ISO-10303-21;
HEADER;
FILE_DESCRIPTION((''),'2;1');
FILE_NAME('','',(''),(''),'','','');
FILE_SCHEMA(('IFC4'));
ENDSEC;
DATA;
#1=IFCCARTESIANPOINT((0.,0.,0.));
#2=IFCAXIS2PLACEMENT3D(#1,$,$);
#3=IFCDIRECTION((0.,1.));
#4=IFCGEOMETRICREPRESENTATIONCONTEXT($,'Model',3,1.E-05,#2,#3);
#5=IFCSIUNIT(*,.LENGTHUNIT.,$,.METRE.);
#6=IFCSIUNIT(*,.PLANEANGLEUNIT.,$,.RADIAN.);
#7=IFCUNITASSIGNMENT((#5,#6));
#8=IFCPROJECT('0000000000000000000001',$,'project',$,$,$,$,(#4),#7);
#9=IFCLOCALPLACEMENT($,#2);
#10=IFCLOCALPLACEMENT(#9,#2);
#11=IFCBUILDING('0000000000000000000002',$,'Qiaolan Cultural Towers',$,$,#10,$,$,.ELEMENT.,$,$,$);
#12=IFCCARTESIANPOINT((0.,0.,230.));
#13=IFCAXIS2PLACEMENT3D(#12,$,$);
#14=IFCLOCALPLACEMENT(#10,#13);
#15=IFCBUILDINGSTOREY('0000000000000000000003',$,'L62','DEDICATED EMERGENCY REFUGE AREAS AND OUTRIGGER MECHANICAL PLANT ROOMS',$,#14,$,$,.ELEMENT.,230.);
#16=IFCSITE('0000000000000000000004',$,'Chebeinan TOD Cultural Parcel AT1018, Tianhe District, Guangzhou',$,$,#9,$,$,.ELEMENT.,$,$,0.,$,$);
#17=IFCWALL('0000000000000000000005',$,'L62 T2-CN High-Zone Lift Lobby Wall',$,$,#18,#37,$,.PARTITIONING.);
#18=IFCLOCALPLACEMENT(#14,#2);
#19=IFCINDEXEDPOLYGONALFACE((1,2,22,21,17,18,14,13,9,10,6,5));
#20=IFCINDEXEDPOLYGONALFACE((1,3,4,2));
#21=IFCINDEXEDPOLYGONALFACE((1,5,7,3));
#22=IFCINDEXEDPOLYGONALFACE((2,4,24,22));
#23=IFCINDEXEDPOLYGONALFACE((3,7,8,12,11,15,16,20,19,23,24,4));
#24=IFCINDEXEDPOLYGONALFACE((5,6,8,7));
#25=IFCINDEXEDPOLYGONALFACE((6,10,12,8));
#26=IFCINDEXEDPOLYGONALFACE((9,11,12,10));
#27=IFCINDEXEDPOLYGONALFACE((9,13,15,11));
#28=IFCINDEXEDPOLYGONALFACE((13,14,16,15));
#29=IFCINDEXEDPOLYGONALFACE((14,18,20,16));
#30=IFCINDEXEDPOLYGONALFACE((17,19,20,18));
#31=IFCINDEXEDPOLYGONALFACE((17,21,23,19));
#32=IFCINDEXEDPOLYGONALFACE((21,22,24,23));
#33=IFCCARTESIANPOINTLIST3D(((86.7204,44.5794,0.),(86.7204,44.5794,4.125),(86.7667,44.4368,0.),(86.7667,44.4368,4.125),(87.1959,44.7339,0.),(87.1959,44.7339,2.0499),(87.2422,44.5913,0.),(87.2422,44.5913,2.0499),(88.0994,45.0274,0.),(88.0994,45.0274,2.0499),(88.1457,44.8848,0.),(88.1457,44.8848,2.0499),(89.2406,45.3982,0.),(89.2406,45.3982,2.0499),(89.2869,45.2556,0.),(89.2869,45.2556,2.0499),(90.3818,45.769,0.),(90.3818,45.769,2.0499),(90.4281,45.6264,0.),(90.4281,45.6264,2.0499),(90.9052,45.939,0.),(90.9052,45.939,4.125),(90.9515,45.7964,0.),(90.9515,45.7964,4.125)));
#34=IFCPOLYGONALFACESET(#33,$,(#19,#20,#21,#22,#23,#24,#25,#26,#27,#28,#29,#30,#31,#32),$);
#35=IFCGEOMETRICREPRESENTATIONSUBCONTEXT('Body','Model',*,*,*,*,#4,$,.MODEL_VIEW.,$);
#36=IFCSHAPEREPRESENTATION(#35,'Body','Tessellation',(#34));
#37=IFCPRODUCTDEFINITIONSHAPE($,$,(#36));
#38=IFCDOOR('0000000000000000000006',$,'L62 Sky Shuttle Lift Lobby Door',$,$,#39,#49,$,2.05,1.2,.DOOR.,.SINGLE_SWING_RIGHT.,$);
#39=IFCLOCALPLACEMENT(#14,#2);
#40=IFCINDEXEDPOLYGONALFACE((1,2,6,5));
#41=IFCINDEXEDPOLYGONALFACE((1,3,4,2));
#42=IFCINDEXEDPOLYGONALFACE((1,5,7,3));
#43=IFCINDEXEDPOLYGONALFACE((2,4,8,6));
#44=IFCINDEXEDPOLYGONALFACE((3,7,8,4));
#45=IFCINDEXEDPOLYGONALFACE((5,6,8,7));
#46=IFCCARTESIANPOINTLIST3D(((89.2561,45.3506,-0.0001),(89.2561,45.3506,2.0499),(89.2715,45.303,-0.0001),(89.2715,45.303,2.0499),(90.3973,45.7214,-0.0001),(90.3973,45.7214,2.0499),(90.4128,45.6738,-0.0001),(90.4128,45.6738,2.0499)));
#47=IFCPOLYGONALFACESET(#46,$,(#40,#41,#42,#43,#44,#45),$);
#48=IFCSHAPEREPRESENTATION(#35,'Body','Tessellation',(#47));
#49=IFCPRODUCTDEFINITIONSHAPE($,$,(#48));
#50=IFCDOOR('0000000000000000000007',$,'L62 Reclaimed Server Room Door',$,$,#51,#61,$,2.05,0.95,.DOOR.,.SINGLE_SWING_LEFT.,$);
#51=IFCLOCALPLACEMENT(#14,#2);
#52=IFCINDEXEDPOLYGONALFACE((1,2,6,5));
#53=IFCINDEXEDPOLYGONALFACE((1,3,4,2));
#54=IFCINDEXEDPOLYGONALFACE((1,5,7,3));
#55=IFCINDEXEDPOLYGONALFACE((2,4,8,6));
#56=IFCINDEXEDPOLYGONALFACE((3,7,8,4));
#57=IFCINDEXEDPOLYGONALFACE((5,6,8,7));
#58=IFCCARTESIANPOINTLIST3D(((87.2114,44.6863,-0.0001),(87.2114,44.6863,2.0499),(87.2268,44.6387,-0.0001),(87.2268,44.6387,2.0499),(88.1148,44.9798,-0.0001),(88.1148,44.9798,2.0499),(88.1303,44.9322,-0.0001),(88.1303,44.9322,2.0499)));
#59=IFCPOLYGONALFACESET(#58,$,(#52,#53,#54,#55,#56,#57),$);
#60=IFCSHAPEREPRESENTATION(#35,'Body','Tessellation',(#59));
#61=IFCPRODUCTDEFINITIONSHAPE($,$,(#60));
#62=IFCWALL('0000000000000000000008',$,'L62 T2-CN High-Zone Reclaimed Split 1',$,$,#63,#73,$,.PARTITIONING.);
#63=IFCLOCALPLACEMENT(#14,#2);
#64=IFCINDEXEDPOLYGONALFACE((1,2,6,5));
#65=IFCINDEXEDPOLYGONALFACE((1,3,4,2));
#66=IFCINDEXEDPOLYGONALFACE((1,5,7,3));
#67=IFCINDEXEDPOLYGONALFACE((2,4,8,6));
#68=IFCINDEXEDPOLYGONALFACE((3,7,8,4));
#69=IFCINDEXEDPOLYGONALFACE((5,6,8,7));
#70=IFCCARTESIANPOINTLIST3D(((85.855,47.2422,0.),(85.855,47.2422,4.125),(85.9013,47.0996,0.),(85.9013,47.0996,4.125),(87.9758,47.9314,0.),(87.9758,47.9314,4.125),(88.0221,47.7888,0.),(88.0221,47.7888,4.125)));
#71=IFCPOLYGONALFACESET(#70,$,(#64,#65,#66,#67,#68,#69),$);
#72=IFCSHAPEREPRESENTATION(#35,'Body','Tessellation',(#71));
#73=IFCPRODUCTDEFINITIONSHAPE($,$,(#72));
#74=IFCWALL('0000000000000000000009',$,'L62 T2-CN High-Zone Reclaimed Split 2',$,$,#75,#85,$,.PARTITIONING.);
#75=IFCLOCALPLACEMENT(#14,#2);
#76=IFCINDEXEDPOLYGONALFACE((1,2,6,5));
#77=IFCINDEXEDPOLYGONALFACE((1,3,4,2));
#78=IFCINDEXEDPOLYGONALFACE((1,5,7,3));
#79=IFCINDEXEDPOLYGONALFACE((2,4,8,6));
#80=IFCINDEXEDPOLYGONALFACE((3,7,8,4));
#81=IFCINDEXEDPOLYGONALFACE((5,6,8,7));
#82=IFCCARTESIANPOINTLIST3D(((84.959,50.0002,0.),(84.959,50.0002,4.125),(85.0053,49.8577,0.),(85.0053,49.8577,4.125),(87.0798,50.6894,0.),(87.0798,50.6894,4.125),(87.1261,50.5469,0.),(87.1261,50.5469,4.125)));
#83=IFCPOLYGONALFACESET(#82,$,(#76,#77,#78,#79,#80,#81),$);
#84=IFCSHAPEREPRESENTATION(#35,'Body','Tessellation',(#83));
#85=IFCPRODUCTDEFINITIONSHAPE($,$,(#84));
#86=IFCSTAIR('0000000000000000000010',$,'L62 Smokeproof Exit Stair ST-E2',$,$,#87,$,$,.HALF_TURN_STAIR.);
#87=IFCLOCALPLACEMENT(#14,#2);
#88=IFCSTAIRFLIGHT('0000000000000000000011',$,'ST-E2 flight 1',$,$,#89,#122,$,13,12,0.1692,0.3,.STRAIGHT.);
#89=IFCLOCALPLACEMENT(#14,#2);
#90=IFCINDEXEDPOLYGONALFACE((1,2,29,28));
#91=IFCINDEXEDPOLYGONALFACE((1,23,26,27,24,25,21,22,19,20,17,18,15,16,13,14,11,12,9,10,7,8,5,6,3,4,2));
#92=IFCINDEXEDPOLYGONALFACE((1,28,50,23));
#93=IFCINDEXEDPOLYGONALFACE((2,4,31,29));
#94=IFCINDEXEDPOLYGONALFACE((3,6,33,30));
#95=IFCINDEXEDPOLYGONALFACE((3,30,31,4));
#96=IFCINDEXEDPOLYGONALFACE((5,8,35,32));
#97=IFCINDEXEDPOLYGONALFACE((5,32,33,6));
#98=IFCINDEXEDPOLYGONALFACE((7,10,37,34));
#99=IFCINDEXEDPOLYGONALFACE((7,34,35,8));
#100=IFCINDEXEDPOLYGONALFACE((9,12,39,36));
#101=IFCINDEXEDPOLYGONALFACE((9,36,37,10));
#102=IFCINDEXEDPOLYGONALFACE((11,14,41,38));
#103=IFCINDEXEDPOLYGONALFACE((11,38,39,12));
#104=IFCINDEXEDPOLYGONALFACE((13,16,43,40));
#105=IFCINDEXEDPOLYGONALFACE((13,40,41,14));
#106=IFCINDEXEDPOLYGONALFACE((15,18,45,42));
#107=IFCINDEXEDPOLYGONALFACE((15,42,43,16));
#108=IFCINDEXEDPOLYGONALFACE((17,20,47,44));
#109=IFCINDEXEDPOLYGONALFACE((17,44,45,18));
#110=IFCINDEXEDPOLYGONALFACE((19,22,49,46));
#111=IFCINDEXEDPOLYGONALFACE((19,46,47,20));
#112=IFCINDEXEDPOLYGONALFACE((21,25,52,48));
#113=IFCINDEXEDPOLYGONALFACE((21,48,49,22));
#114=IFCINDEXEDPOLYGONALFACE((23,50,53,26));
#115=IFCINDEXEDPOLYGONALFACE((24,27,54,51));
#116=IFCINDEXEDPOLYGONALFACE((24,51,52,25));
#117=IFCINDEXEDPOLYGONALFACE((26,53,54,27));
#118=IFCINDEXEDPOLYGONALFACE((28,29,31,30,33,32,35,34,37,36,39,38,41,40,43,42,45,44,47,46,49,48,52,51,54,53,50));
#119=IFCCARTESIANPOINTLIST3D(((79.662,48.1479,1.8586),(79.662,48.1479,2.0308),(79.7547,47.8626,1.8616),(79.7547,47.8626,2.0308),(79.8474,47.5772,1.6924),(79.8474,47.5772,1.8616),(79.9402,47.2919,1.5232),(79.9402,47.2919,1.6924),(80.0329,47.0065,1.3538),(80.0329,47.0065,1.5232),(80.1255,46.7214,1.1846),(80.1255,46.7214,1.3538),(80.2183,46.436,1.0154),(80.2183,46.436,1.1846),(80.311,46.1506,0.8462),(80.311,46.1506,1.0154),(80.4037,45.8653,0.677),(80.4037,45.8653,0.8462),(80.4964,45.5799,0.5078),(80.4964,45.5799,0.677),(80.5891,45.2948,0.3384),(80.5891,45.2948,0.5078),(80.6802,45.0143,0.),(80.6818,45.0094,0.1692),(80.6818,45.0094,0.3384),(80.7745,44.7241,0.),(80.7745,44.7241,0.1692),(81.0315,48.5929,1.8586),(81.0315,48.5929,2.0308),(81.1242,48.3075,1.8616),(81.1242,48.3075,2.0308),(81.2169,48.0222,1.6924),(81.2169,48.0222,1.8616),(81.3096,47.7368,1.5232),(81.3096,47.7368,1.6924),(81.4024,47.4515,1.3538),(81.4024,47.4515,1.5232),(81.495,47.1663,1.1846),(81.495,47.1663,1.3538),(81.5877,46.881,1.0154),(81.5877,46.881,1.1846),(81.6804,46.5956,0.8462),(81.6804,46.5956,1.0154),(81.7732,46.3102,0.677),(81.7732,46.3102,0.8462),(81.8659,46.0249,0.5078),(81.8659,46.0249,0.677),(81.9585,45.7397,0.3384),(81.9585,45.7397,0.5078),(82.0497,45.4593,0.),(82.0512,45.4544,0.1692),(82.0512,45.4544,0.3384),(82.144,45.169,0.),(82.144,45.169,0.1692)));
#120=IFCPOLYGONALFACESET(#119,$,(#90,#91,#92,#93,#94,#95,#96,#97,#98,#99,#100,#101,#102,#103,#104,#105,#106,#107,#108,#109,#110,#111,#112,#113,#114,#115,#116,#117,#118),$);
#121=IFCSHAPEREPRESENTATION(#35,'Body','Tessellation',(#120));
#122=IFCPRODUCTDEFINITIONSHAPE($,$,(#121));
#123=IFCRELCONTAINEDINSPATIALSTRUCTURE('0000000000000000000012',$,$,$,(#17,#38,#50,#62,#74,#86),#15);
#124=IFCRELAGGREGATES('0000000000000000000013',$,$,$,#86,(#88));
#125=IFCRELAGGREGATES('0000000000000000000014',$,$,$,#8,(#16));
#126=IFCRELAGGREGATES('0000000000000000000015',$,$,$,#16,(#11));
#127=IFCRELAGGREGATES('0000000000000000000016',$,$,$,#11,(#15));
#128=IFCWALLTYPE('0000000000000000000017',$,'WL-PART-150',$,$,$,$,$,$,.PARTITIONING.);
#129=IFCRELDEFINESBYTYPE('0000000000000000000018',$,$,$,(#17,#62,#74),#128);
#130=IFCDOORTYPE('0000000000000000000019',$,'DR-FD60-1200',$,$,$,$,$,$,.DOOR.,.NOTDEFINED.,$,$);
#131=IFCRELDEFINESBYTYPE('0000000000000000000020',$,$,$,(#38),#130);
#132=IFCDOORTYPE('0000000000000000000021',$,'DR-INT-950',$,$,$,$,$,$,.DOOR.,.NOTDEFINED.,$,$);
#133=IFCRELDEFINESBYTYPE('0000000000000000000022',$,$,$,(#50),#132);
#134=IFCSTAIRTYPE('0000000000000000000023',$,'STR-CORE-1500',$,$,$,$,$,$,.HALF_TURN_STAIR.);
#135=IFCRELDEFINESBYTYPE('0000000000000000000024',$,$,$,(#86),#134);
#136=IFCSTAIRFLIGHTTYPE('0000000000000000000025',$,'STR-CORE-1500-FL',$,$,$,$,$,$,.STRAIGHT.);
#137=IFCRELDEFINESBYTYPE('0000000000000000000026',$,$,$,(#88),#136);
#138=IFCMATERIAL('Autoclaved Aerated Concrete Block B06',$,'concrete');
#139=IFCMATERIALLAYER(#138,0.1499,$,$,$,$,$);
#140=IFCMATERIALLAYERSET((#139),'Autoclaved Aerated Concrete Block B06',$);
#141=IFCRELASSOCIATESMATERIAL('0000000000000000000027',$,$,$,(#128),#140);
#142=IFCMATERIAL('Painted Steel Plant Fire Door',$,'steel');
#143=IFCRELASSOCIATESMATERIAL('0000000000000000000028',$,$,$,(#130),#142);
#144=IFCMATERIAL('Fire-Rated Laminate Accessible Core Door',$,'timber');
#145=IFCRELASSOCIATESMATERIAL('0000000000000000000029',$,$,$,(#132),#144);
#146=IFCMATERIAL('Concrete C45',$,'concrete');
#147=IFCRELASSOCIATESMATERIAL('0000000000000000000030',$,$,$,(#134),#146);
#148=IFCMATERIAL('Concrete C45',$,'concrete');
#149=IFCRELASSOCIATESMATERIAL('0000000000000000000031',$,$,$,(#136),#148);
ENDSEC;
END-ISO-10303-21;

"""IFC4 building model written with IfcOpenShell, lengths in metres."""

from ifc_helpers import new_model, si_unit, direction, frame, frame_2d, origin, place, context, subcontext, project, spatial, polyline, rectangle, outline, extrude, material, layer, layer_set, type_object, element, fill, aggregate, save


model = new_model("IFC4")

# Units and contexts
model_context = context("Model", 3, precision=1e-05, world=origin(), true_north=direction((0.0, 1.0)))
body_context = subcontext(model_context, "Body", "Model", "MODEL_VIEW")
ifc_project = project(units=[si_unit("LENGTHUNIT", "METRE"), si_unit("PLANEANGLEUNIT", "RADIAN")], contexts=[model_context])

# Site, building, storey
site_placement = place(None, origin())
site = spatial("IfcSite", under=ifc_project, at=site_placement, Name="Chebeinan TOD Cultural Parcel AT1018, Tianhe District, Guangzhou", CompositionType="ELEMENT", RefElevation=0.0)
building_placement = place(site_placement, origin())
building = spatial("IfcBuilding", under=site, at=building_placement, Name="Qiaolan Cultural Towers", CompositionType="ELEMENT")
storey_placement = place(building_placement, frame((0.0, 0.0, 230.0)))
storey = spatial("IfcBuildingStorey", under=building, at=storey_placement, Name="L62", Description="DEDICATED EMERGENCY REFUGE AREAS AND OUTRIGGER MECHANICAL PLANT ROOMS", CompositionType="ELEMENT", Elevation=230.0)

# Wall, openings, doors
ifc_material_1 = material(Name="Autoclaved Aerated Concrete Block B06", Category="concrete")
ifc_layer_1 = layer(ifc_material_1, 0.1499)
ifc_layer_set_1 = layer_set([ifc_layer_1], Name="Autoclaved Aerated Concrete Block B06")
wall_type_1 = type_object("IfcWallType", Name="WL-PART-150", PredefinedType="PARTITIONING", material=ifc_layer_set_1)
wall_1_placement = place(storey_placement, frame((86.7434, 44.5081, 0.0), z_axis=(0.0, 0.0, 1.0), x_axis=(0.951064, 0.308994, 0.0)))
wall_1 = element("IfcWall", 1, at=wall_1_placement, inside=storey, type_object=wall_type_1, Name="L62 T2-CN High-Zone Lift Lobby Wall", PredefinedType="PARTITIONING", context=body_context, shape_type="SweptSolid", body=[
    extrude(rectangle(XDim=4.4001, YDim=0.1499, at=frame_2d((2.2002, 0.0))), origin(), (0.0, 0.0, 1.0), 4.125),
])
opening_1_placement = place(wall_1_placement, frame((0.5, 0.0, 0.0)))
opening_1 = element("IfcOpeningElement", 2, at=opening_1_placement, cuts=wall_1, PredefinedType="OPENING", context=body_context, shape_type="SweptSolid", body=[
    extrude(rectangle(XDim=0.95, YDim=2.05, at=frame_2d((0.4751, 1.0249))), frame((0.0, 0.085, 0.0), z_axis=(0.0, -1.0, 0.0), x_axis=(1.0, 0.0, 0.0)), (0.0, 0.0, 1.0), 0.1699),
])
opening_2_placement = place(wall_1_placement, frame((2.6499, 0.0, 0.0)))
opening_2 = element("IfcOpeningElement", 3, at=opening_2_placement, cuts=wall_1, PredefinedType="OPENING", context=body_context, shape_type="SweptSolid", body=[
    extrude(rectangle(XDim=1.2, YDim=2.05, at=frame_2d((0.6001, 1.0249))), frame((0.0, 0.085, 0.0), z_axis=(0.0, -1.0, 0.0), x_axis=(1.0, 0.0, 0.0)), (0.0, 0.0, 1.0), 0.1699),
])
ifc_material_2 = material(Name="Painted Steel Plant Fire Door", Category="steel")
door_type_1 = type_object("IfcDoorType", Name="DR-FD60-1200", OperationType="NOTDEFINED", PredefinedType="DOOR", material=ifc_material_2)
door_1_placement = place(opening_2_placement, origin())
door_1 = element("IfcDoor", 4, at=door_1_placement, inside=storey, type_object=door_type_1, Name="L62 Sky Shuttle Lift Lobby Door", OperationType="SINGLE_SWING_RIGHT", OverallHeight=2.05, OverallWidth=1.2, PredefinedType="DOOR", context=body_context, shape_type="SweptSolid", body=[
    extrude(rectangle(XDim=1.2, YDim=2.05, at=frame_2d((0.6001, 1.0249))), frame((0.0, 0.0249, 0.0), z_axis=(0.0, -1.0, 0.0), x_axis=(1.0, 0.0, 0.0)), (0.0, 0.0, 1.0), 0.05),
])
fill(opening_2, door_1)
ifc_material_3 = material(Name="Fire-Rated Laminate Accessible Core Door", Category="timber")
door_type_2 = type_object("IfcDoorType", Name="DR-INT-950", OperationType="NOTDEFINED", PredefinedType="DOOR", material=ifc_material_3)
door_2_placement = place(opening_1_placement, origin())
door_2 = element("IfcDoor", 5, at=door_2_placement, inside=storey, type_object=door_type_2, Name="L62 Reclaimed Server Room Door", OperationType="SINGLE_SWING_LEFT", OverallHeight=2.05, OverallWidth=0.95, PredefinedType="DOOR", context=body_context, shape_type="SweptSolid", body=[
    extrude(rectangle(XDim=0.95, YDim=2.05, at=frame_2d((0.4751, 1.0249))), frame((0.0, 0.0249, 0.0), z_axis=(0.0, -1.0, 0.0), x_axis=(1.0, 0.0, 0.0)), (0.0, 0.0, 1.0), 0.05),
])
fill(opening_1, door_2)

# Walls
for number, where, z_axis, x_axis, name in (
    (6, (85.8782, 47.1709, 0.0), (0.0, 0.0, 1.0), (0.951043, 0.309059, 0.0), "L62 T2-CN High-Zone Reclaimed Split 1"),
    (7, (84.9822, 49.929, 0.0), (0.0, 0.0, 1.0), (0.951043, 0.309059, 0.0), "L62 T2-CN High-Zone Reclaimed Split 2"),
):
    element("IfcWall", number, at=place(storey_placement, frame(where, z_axis=z_axis, x_axis=x_axis)), inside=storey, type_object=wall_type_1, Name=name, PredefinedType="PARTITIONING", context=body_context, shape_type="SweptSolid", body=[
        extrude(rectangle(XDim=2.23, YDim=0.1499, at=frame_2d((1.115, 0.0))), origin(), (0.0, 0.0, 1.0), 4.125),
    ])

# Stair, stair flight
ifc_material_4 = material(Name="Concrete C45", Category="concrete")
stair_type = type_object("IfcStairType", Name="STR-CORE-1500", PredefinedType="HALF_TURN_STAIR", material=ifc_material_4)
stair_placement = place(storey_placement, origin())
stair = element("IfcStair", 8, at=stair_placement, inside=storey, type_object=stair_type, Name="L62 Smokeproof Exit Stair ST-E2", PredefinedType="HALF_TURN_STAIR")
ifc_material_5 = material(Name="Concrete C45", Category="concrete")
stair_flight_type = type_object("IfcStairFlightType", Name="STR-CORE-1500-FL", PredefinedType="STRAIGHT", material=ifc_material_5)
stair_flight_placement = place(storey_placement, frame((81.4592, 44.9465, 0.0), z_axis=(0.0, 0.0, 1.0), x_axis=(-0.309017, 0.951057, 0.0)))
stair_flight = element("IfcStairFlight", 9, at=stair_flight_placement, type_object=stair_flight_type, Name="ST-E2 flight 1", NumberOfRisers=13, NumberOfTreads=12, PredefinedType="STRAIGHT", RiserHeight=0.1692, TreadLength=0.3, context=body_context, shape_type="SweptSolid", body=[
    extrude(outline(polyline([(0.0, 0.0), (0.0, 0.1692), (0.3, 0.1692), (0.3, 0.3384), (0.6001, 0.3384), (0.6001, 0.5078), (0.8999, 0.5078), (0.8999, 0.677), (1.2, 0.677), (1.2, 0.8462), (1.5, 0.8462), (1.5, 1.0154), (1.8, 1.0154), (1.8, 1.1846), (2.1001, 1.1846), (2.1001, 1.3538), (2.3999, 1.3538), (2.3999, 1.5232), (2.7, 1.5232), (2.7, 1.6924), (3.0, 1.6924), (3.0, 1.8616), (3.3, 1.8616), (3.3, 2.0308), (3.6001, 2.0308), (3.6001, 2.2), (3.6001, 1.8586), (0.3052, 0.0), (0.0, 0.0)])), frame((0.0, 0.72, 0.0), z_axis=(0.0, -1.0, 0.0), x_axis=(1.0, 0.0, 0.0)), (0.0, 0.0, 1.0), 1.4399),
])
aggregate(stair, [stair_flight])

save(model, "model.ifc")
